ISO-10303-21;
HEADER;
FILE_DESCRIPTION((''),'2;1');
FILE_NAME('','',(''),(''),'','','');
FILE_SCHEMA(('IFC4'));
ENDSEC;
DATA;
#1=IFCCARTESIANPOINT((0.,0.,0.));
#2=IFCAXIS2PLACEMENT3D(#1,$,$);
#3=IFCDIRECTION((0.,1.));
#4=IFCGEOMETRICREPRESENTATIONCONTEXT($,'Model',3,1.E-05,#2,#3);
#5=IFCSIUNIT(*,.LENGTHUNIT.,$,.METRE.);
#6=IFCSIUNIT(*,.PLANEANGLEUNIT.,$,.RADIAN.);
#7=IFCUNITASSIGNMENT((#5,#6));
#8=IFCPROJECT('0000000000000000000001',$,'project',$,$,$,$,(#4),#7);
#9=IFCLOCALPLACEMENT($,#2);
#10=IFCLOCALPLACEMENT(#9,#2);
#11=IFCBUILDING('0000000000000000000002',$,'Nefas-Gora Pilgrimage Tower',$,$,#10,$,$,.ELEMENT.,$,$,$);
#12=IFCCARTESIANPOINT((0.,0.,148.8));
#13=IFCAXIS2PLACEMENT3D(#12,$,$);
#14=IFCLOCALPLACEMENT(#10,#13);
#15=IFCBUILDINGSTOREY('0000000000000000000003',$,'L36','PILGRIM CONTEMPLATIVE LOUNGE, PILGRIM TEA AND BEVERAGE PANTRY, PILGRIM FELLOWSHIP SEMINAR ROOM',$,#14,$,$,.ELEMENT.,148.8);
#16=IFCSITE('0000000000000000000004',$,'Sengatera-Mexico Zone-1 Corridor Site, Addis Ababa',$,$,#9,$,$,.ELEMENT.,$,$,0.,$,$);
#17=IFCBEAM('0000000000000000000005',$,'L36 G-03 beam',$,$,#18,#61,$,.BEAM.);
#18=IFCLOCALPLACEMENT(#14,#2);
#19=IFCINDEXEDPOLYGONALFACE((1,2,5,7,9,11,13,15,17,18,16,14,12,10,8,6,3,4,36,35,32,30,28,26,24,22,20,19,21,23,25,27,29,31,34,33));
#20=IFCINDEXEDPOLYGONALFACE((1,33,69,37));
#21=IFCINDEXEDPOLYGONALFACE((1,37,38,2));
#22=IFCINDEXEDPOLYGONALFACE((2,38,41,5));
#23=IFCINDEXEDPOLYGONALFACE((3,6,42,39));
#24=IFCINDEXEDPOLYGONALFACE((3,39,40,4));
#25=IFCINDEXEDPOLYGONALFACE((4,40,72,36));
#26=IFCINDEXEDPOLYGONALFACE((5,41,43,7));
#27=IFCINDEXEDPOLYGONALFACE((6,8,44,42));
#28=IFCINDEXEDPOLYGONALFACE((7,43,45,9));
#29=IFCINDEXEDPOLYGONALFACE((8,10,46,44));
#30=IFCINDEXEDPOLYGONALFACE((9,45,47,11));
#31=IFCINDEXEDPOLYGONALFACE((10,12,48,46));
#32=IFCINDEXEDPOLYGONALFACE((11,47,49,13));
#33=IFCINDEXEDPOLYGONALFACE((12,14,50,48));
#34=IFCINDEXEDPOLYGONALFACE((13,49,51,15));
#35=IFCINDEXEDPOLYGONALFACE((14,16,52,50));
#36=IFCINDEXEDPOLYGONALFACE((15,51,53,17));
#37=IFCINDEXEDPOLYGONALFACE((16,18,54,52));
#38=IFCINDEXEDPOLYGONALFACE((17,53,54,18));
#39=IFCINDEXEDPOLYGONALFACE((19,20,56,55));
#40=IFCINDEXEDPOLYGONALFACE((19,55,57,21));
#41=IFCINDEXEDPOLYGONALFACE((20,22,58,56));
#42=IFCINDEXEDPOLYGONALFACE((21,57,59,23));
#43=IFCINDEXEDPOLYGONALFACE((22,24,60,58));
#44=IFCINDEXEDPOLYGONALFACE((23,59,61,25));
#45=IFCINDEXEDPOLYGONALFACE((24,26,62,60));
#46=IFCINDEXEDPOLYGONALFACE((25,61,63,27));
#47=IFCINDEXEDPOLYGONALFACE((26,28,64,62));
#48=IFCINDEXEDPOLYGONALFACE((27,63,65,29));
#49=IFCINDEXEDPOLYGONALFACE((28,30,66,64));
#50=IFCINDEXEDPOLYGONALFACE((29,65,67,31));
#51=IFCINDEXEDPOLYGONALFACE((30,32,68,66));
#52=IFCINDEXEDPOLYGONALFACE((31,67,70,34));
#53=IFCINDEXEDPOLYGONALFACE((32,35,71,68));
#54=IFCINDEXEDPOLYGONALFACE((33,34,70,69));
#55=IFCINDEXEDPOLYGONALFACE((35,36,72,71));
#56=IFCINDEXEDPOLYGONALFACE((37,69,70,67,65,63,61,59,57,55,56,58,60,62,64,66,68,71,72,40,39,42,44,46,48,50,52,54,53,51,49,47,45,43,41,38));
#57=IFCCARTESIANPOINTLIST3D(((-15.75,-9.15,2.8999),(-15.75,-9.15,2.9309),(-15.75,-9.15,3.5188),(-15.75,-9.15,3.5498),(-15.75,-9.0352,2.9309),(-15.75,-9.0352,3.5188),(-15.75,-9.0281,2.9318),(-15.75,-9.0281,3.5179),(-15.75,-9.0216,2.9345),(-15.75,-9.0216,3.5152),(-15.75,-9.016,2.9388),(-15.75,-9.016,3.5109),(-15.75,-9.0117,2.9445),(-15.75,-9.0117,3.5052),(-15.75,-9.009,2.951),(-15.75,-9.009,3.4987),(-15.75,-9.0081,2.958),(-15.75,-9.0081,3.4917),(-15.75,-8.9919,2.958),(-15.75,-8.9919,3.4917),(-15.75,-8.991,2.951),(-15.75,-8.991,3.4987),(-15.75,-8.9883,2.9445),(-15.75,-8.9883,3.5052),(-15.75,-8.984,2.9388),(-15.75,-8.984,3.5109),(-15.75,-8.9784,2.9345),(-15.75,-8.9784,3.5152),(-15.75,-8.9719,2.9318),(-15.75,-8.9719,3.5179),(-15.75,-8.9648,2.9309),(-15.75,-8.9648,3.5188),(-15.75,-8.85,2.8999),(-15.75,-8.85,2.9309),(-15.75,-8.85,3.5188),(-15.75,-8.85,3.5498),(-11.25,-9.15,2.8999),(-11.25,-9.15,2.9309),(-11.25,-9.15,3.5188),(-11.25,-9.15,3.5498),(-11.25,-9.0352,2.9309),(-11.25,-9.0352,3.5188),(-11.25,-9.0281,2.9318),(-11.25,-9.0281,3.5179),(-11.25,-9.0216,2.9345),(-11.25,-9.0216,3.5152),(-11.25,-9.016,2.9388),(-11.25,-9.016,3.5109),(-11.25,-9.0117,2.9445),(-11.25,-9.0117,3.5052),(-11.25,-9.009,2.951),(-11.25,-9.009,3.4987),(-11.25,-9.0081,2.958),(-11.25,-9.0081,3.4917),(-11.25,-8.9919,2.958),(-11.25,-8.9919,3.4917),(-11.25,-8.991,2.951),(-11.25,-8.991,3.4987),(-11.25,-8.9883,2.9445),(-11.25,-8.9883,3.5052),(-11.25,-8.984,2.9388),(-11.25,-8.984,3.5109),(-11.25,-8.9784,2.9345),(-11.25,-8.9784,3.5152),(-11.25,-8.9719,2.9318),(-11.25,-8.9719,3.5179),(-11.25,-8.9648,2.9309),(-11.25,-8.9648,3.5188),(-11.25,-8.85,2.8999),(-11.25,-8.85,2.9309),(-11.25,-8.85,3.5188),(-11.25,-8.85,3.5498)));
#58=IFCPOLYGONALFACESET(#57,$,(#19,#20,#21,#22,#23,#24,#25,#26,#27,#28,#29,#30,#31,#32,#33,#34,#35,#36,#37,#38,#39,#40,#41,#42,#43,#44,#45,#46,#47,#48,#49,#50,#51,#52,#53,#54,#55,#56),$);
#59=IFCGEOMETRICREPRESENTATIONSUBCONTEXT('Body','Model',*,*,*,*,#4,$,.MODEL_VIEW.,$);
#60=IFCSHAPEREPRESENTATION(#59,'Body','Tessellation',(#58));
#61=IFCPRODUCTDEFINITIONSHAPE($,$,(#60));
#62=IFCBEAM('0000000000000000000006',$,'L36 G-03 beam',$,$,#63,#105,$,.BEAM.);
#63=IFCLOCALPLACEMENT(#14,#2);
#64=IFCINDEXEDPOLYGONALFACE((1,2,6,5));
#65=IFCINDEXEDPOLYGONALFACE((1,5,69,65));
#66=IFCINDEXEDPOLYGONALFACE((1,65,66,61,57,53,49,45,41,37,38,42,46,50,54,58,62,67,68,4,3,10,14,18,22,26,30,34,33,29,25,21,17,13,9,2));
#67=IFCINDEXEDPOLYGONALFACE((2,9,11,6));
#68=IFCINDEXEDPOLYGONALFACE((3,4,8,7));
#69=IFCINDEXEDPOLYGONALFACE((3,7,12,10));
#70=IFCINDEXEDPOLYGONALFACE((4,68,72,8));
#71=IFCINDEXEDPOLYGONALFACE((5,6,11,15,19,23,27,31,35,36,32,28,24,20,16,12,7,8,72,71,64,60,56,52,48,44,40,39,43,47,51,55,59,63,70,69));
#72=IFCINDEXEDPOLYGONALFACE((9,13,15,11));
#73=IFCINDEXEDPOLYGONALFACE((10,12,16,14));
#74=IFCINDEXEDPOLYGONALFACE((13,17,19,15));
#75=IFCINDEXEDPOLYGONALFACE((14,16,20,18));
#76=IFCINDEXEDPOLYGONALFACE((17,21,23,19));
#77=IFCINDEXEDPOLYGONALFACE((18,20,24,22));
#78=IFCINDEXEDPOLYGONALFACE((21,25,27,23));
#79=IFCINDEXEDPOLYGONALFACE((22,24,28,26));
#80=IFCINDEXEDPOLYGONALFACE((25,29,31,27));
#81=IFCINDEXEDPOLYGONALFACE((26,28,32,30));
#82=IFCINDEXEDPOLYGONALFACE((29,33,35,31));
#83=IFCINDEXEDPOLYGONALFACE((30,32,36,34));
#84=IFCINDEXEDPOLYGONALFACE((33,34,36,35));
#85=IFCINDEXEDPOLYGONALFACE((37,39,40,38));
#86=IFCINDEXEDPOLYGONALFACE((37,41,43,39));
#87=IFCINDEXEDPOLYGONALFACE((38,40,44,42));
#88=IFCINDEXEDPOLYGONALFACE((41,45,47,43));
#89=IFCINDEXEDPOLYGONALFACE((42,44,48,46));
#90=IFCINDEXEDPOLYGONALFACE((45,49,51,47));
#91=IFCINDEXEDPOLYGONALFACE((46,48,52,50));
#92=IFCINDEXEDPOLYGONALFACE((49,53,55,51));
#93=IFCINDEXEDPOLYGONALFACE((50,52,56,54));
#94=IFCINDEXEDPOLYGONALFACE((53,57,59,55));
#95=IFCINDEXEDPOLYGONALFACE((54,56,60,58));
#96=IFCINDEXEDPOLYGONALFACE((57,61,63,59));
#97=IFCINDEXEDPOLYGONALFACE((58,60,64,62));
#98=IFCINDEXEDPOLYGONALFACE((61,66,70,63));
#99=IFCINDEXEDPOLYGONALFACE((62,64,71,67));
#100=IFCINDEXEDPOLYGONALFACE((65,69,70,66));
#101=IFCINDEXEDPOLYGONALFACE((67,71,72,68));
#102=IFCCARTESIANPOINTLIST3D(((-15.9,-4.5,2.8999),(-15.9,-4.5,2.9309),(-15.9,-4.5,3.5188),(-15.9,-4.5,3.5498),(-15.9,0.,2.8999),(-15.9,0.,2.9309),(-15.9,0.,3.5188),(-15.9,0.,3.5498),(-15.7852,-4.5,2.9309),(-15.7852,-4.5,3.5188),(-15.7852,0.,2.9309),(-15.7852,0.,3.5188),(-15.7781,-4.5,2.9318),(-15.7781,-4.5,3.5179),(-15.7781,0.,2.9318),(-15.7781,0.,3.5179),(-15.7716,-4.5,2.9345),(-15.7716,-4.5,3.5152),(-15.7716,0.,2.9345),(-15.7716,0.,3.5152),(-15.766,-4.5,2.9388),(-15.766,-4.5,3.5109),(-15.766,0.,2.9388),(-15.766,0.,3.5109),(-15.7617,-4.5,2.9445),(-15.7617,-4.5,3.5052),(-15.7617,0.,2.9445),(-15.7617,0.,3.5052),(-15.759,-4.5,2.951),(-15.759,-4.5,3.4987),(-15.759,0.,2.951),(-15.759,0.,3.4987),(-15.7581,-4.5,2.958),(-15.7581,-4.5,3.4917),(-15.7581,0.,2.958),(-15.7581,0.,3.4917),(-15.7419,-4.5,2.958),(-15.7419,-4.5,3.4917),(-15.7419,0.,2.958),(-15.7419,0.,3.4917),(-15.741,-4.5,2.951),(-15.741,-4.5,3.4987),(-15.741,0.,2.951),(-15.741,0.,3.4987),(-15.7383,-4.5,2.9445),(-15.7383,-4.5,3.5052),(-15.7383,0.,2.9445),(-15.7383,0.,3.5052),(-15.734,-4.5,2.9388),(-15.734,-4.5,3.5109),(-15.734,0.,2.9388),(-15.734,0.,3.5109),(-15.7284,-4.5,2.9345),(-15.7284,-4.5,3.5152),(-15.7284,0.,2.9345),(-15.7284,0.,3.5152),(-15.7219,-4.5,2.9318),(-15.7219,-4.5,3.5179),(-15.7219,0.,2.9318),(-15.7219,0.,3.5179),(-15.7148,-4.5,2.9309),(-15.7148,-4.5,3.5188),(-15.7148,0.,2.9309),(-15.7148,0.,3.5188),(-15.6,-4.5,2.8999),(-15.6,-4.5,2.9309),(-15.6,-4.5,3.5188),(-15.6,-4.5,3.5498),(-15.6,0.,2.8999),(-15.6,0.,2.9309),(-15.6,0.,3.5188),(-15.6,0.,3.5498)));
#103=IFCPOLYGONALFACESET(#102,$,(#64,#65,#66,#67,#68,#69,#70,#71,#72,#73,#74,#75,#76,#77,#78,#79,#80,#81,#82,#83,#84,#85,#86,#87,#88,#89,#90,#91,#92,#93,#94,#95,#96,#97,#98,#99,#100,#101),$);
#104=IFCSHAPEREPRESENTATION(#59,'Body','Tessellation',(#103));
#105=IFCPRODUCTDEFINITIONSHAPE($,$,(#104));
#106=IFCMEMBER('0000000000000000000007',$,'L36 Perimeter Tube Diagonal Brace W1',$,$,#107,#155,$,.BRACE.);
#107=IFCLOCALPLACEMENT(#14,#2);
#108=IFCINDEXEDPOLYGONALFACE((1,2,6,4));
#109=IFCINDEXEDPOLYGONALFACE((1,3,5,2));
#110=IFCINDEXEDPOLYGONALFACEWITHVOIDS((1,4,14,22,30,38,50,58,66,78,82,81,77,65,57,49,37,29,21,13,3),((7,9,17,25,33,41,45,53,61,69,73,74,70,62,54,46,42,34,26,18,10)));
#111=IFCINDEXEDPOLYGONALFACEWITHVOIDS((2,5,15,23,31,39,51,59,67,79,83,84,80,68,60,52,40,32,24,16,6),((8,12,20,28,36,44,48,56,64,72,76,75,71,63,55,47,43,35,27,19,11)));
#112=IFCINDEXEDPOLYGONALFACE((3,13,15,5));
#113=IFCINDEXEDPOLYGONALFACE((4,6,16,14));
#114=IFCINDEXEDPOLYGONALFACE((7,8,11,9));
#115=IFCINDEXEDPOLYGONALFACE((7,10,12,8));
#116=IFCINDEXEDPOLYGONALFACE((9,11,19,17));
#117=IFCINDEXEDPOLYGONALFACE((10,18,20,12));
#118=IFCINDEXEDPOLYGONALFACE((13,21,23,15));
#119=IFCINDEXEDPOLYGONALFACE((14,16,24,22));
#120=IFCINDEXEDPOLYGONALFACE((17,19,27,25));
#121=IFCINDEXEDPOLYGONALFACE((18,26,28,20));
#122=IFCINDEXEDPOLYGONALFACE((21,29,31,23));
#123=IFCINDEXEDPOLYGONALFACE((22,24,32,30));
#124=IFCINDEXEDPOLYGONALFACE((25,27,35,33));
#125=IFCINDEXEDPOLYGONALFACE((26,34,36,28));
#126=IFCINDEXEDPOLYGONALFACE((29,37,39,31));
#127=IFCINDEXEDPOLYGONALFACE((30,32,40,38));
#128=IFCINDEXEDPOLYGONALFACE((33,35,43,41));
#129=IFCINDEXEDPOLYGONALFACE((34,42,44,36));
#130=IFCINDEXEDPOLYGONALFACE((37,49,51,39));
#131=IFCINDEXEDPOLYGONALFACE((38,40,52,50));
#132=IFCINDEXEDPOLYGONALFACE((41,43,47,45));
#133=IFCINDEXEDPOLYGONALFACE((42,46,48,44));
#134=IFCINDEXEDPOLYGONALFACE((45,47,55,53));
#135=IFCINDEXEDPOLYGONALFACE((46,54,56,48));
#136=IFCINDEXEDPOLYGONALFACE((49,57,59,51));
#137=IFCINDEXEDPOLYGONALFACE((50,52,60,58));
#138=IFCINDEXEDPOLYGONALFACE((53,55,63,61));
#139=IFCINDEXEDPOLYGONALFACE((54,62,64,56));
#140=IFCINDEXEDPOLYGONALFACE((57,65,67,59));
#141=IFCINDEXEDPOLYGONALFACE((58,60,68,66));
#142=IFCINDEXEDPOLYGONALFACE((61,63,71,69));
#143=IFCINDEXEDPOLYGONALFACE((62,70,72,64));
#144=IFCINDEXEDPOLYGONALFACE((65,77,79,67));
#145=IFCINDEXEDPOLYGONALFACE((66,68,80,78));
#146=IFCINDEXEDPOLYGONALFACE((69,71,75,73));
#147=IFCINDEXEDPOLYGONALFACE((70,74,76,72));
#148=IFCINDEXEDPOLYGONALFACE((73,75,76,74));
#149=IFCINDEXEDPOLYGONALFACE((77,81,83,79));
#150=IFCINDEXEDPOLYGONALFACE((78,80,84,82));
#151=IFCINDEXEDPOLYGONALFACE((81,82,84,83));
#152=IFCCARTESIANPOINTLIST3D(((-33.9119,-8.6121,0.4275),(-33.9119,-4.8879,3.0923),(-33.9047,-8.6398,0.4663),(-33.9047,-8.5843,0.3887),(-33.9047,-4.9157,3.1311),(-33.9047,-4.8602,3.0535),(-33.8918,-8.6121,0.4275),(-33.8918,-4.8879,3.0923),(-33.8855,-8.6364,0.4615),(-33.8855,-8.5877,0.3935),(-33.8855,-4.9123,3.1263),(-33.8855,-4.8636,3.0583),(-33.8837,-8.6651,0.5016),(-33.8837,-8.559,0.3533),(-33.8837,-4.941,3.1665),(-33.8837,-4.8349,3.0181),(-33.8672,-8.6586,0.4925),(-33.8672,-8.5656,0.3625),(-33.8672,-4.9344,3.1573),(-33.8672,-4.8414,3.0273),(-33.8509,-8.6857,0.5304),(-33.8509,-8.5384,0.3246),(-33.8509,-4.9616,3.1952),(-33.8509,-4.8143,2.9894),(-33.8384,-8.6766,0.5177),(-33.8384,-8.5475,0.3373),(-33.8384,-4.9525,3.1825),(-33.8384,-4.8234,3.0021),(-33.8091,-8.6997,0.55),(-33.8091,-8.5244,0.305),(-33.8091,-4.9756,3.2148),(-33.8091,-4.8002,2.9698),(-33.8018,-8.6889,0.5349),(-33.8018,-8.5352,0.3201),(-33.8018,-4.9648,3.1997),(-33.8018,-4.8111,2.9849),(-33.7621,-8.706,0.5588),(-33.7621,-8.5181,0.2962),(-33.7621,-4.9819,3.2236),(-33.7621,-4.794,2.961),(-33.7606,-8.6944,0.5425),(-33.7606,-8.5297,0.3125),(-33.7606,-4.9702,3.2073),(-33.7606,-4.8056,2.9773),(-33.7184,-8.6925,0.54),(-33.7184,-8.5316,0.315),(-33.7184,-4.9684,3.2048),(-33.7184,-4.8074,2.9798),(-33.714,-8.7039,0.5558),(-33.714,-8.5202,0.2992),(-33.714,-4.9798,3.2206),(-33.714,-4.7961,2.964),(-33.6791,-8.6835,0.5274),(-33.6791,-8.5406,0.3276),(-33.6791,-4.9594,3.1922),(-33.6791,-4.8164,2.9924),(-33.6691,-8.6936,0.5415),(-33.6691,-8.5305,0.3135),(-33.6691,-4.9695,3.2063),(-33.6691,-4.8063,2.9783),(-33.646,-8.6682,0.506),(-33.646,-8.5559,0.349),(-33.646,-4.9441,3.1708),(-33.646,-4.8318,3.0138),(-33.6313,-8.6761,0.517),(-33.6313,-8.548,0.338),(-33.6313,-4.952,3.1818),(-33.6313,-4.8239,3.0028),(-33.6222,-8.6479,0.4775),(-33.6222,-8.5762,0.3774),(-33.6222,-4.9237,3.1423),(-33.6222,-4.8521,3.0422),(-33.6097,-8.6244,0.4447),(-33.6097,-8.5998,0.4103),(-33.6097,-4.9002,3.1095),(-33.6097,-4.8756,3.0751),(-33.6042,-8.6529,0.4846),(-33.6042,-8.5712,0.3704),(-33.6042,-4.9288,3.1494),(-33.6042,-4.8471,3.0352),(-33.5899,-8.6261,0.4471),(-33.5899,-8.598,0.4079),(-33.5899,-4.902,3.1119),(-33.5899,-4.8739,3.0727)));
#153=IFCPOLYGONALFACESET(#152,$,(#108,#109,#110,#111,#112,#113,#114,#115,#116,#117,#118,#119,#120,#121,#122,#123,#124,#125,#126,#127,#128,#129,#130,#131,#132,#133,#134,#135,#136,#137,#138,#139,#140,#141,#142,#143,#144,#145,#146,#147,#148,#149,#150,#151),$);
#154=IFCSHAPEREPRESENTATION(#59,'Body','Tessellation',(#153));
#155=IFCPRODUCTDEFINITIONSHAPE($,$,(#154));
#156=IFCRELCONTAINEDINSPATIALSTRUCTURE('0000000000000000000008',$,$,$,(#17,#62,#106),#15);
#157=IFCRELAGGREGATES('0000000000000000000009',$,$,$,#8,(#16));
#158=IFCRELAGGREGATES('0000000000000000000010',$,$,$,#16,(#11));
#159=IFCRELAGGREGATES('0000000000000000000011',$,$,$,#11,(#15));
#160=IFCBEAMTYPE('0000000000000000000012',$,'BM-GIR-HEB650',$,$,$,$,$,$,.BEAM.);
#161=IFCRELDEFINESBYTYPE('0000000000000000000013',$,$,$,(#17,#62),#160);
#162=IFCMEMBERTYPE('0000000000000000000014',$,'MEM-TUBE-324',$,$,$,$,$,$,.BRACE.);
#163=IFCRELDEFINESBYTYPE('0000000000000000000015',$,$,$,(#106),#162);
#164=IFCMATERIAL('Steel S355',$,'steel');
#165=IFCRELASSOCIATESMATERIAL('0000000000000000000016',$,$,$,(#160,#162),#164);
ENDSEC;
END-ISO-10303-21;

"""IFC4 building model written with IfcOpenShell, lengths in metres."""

from ifc_helpers import new_model, si_unit, direction, frame, origin, origin_2d, place, context, subcontext, project, spatial, hollow_circle, i_section, extrude, source, transform, mapped, material, material_profile, profile_set, type_object, element, save


model = new_model("IFC4")

# Units and contexts
model_context = context("Model", 3, precision=1e-05, world=origin(), true_north=direction((0.0, 1.0)))
body_context = subcontext(model_context, "Body", "Model", "MODEL_VIEW")
ifc_project = project(units=[si_unit("LENGTHUNIT", "METRE"), si_unit("PLANEANGLEUNIT", "RADIAN")], contexts=[model_context])

# Site, building, storey
site_placement = place(None, origin())
site = spatial("IfcSite", under=ifc_project, at=site_placement, Name="Sengatera-Mexico Zone-1 Corridor Site, Addis Ababa", CompositionType="ELEMENT", RefElevation=0.0)
building_placement = place(site_placement, origin())
building = spatial("IfcBuilding", under=site, at=building_placement, Name="Nefas-Gora Pilgrimage Tower", CompositionType="ELEMENT")
storey_placement = place(building_placement, frame((0.0, 0.0, 148.8)))
storey = spatial("IfcBuildingStorey", under=building, at=storey_placement, Name="L36", Description="PILGRIM CONTEMPLATIVE LOUNGE, PILGRIM TEA AND BEVERAGE PANTRY, PILGRIM FELLOWSHIP SEMINAR ROOM", CompositionType="ELEMENT", Elevation=148.8)

# Beams
ifc_material_1 = material(Name="Steel S355", Category="steel")
ifc_material_profile_1 = material_profile(ifc_material_1, i_section(OverallWidth=0.3, OverallDepth=0.6499, WebThickness=0.0161, FlangeThickness=0.031, FilletRadius=0.0271, at=origin_2d()), Name="HEB 650")
ifc_profile_set_1 = profile_set([ifc_material_profile_1], Name="Steel S355")
beam_type_1 = type_object("IfcBeamType", Name="BM-GIR-HEB650", PredefinedType="BEAM", material=ifc_profile_set_1)
shared_shape_1 = source(origin(), body_context, "Body", "SweptSolid", [
    extrude(i_section(OverallWidth=0.3, OverallDepth=0.6499, WebThickness=0.0161, FlangeThickness=0.031, FilletRadius=0.0271, at=origin_2d()), origin(), (0.0, 0.0, 1.0), 4.5),
])
for number, where, z_axis, x_axis, name in (
    (1, (-15.75, -9.0, 3.2249), (1.0, 0.0, 0.0), (0.0, 1.0, 0.0), "L36 G-03 beam"),
    (2, (-15.75, -4.5, 3.2249), (0.0, 1.0, 0.0), (-1.0, 0.0, 0.0), "L36 G-03 beam"),
):
    element("IfcBeam", number, at=place(storey_placement, frame(where, z_axis=z_axis, x_axis=x_axis)), inside=storey, type_object=beam_type_1, Name=name, PredefinedType="BEAM", context=body_context, shape_type="MappedRepresentation", body=[
        mapped(shared_shape_1, transform((0.0, 0.0, 0.0), x_axis=(1.0, 0.0, 0.0), y_axis=(0.0, 1.0, 0.0), z_axis=(0.0, 0.0, 1.0), scale=1.0)),
    ])

# Member
ifc_material_profile_2 = material_profile(ifc_material_1, hollow_circle(Radius=0.1619, WallThickness=0.02, at=origin_2d()), Name="CHS 323.9x20")
ifc_profile_set_2 = profile_set([ifc_material_profile_2], Name="Steel S355")
member_type_1 = type_object("IfcMemberType", Name="MEM-TUBE-324", PredefinedType="BRACE", material=ifc_profile_set_2)
shared_shape_2 = source(origin(), body_context, "Body", "SweptSolid", [
    extrude(hollow_circle(Radius=0.1619, WallThickness=0.02, at=origin_2d()), origin(), (0.0, 0.0, 1.0), 4.5793),
])
member_1_placement = place(storey_placement, frame((-33.75, -8.6121, 0.4275), z_axis=(0.0, 0.813247, 0.581919), x_axis=(-1.0, 0.0, 0.0)))
element("IfcMember", 3, at=member_1_placement, inside=storey, type_object=member_type_1, Name="L36 Perimeter Tube Diagonal Brace W1", PredefinedType="BRACE", context=body_context, shape_type="MappedRepresentation", body=[
    mapped(shared_shape_2, transform((0.0, 0.0, 0.0), x_axis=(1.0, 0.0, 0.0), y_axis=(0.0, 1.0, 0.0), z_axis=(0.0, 0.0, 1.0), scale=1.0)),
])

save(model, "model.ifc")
